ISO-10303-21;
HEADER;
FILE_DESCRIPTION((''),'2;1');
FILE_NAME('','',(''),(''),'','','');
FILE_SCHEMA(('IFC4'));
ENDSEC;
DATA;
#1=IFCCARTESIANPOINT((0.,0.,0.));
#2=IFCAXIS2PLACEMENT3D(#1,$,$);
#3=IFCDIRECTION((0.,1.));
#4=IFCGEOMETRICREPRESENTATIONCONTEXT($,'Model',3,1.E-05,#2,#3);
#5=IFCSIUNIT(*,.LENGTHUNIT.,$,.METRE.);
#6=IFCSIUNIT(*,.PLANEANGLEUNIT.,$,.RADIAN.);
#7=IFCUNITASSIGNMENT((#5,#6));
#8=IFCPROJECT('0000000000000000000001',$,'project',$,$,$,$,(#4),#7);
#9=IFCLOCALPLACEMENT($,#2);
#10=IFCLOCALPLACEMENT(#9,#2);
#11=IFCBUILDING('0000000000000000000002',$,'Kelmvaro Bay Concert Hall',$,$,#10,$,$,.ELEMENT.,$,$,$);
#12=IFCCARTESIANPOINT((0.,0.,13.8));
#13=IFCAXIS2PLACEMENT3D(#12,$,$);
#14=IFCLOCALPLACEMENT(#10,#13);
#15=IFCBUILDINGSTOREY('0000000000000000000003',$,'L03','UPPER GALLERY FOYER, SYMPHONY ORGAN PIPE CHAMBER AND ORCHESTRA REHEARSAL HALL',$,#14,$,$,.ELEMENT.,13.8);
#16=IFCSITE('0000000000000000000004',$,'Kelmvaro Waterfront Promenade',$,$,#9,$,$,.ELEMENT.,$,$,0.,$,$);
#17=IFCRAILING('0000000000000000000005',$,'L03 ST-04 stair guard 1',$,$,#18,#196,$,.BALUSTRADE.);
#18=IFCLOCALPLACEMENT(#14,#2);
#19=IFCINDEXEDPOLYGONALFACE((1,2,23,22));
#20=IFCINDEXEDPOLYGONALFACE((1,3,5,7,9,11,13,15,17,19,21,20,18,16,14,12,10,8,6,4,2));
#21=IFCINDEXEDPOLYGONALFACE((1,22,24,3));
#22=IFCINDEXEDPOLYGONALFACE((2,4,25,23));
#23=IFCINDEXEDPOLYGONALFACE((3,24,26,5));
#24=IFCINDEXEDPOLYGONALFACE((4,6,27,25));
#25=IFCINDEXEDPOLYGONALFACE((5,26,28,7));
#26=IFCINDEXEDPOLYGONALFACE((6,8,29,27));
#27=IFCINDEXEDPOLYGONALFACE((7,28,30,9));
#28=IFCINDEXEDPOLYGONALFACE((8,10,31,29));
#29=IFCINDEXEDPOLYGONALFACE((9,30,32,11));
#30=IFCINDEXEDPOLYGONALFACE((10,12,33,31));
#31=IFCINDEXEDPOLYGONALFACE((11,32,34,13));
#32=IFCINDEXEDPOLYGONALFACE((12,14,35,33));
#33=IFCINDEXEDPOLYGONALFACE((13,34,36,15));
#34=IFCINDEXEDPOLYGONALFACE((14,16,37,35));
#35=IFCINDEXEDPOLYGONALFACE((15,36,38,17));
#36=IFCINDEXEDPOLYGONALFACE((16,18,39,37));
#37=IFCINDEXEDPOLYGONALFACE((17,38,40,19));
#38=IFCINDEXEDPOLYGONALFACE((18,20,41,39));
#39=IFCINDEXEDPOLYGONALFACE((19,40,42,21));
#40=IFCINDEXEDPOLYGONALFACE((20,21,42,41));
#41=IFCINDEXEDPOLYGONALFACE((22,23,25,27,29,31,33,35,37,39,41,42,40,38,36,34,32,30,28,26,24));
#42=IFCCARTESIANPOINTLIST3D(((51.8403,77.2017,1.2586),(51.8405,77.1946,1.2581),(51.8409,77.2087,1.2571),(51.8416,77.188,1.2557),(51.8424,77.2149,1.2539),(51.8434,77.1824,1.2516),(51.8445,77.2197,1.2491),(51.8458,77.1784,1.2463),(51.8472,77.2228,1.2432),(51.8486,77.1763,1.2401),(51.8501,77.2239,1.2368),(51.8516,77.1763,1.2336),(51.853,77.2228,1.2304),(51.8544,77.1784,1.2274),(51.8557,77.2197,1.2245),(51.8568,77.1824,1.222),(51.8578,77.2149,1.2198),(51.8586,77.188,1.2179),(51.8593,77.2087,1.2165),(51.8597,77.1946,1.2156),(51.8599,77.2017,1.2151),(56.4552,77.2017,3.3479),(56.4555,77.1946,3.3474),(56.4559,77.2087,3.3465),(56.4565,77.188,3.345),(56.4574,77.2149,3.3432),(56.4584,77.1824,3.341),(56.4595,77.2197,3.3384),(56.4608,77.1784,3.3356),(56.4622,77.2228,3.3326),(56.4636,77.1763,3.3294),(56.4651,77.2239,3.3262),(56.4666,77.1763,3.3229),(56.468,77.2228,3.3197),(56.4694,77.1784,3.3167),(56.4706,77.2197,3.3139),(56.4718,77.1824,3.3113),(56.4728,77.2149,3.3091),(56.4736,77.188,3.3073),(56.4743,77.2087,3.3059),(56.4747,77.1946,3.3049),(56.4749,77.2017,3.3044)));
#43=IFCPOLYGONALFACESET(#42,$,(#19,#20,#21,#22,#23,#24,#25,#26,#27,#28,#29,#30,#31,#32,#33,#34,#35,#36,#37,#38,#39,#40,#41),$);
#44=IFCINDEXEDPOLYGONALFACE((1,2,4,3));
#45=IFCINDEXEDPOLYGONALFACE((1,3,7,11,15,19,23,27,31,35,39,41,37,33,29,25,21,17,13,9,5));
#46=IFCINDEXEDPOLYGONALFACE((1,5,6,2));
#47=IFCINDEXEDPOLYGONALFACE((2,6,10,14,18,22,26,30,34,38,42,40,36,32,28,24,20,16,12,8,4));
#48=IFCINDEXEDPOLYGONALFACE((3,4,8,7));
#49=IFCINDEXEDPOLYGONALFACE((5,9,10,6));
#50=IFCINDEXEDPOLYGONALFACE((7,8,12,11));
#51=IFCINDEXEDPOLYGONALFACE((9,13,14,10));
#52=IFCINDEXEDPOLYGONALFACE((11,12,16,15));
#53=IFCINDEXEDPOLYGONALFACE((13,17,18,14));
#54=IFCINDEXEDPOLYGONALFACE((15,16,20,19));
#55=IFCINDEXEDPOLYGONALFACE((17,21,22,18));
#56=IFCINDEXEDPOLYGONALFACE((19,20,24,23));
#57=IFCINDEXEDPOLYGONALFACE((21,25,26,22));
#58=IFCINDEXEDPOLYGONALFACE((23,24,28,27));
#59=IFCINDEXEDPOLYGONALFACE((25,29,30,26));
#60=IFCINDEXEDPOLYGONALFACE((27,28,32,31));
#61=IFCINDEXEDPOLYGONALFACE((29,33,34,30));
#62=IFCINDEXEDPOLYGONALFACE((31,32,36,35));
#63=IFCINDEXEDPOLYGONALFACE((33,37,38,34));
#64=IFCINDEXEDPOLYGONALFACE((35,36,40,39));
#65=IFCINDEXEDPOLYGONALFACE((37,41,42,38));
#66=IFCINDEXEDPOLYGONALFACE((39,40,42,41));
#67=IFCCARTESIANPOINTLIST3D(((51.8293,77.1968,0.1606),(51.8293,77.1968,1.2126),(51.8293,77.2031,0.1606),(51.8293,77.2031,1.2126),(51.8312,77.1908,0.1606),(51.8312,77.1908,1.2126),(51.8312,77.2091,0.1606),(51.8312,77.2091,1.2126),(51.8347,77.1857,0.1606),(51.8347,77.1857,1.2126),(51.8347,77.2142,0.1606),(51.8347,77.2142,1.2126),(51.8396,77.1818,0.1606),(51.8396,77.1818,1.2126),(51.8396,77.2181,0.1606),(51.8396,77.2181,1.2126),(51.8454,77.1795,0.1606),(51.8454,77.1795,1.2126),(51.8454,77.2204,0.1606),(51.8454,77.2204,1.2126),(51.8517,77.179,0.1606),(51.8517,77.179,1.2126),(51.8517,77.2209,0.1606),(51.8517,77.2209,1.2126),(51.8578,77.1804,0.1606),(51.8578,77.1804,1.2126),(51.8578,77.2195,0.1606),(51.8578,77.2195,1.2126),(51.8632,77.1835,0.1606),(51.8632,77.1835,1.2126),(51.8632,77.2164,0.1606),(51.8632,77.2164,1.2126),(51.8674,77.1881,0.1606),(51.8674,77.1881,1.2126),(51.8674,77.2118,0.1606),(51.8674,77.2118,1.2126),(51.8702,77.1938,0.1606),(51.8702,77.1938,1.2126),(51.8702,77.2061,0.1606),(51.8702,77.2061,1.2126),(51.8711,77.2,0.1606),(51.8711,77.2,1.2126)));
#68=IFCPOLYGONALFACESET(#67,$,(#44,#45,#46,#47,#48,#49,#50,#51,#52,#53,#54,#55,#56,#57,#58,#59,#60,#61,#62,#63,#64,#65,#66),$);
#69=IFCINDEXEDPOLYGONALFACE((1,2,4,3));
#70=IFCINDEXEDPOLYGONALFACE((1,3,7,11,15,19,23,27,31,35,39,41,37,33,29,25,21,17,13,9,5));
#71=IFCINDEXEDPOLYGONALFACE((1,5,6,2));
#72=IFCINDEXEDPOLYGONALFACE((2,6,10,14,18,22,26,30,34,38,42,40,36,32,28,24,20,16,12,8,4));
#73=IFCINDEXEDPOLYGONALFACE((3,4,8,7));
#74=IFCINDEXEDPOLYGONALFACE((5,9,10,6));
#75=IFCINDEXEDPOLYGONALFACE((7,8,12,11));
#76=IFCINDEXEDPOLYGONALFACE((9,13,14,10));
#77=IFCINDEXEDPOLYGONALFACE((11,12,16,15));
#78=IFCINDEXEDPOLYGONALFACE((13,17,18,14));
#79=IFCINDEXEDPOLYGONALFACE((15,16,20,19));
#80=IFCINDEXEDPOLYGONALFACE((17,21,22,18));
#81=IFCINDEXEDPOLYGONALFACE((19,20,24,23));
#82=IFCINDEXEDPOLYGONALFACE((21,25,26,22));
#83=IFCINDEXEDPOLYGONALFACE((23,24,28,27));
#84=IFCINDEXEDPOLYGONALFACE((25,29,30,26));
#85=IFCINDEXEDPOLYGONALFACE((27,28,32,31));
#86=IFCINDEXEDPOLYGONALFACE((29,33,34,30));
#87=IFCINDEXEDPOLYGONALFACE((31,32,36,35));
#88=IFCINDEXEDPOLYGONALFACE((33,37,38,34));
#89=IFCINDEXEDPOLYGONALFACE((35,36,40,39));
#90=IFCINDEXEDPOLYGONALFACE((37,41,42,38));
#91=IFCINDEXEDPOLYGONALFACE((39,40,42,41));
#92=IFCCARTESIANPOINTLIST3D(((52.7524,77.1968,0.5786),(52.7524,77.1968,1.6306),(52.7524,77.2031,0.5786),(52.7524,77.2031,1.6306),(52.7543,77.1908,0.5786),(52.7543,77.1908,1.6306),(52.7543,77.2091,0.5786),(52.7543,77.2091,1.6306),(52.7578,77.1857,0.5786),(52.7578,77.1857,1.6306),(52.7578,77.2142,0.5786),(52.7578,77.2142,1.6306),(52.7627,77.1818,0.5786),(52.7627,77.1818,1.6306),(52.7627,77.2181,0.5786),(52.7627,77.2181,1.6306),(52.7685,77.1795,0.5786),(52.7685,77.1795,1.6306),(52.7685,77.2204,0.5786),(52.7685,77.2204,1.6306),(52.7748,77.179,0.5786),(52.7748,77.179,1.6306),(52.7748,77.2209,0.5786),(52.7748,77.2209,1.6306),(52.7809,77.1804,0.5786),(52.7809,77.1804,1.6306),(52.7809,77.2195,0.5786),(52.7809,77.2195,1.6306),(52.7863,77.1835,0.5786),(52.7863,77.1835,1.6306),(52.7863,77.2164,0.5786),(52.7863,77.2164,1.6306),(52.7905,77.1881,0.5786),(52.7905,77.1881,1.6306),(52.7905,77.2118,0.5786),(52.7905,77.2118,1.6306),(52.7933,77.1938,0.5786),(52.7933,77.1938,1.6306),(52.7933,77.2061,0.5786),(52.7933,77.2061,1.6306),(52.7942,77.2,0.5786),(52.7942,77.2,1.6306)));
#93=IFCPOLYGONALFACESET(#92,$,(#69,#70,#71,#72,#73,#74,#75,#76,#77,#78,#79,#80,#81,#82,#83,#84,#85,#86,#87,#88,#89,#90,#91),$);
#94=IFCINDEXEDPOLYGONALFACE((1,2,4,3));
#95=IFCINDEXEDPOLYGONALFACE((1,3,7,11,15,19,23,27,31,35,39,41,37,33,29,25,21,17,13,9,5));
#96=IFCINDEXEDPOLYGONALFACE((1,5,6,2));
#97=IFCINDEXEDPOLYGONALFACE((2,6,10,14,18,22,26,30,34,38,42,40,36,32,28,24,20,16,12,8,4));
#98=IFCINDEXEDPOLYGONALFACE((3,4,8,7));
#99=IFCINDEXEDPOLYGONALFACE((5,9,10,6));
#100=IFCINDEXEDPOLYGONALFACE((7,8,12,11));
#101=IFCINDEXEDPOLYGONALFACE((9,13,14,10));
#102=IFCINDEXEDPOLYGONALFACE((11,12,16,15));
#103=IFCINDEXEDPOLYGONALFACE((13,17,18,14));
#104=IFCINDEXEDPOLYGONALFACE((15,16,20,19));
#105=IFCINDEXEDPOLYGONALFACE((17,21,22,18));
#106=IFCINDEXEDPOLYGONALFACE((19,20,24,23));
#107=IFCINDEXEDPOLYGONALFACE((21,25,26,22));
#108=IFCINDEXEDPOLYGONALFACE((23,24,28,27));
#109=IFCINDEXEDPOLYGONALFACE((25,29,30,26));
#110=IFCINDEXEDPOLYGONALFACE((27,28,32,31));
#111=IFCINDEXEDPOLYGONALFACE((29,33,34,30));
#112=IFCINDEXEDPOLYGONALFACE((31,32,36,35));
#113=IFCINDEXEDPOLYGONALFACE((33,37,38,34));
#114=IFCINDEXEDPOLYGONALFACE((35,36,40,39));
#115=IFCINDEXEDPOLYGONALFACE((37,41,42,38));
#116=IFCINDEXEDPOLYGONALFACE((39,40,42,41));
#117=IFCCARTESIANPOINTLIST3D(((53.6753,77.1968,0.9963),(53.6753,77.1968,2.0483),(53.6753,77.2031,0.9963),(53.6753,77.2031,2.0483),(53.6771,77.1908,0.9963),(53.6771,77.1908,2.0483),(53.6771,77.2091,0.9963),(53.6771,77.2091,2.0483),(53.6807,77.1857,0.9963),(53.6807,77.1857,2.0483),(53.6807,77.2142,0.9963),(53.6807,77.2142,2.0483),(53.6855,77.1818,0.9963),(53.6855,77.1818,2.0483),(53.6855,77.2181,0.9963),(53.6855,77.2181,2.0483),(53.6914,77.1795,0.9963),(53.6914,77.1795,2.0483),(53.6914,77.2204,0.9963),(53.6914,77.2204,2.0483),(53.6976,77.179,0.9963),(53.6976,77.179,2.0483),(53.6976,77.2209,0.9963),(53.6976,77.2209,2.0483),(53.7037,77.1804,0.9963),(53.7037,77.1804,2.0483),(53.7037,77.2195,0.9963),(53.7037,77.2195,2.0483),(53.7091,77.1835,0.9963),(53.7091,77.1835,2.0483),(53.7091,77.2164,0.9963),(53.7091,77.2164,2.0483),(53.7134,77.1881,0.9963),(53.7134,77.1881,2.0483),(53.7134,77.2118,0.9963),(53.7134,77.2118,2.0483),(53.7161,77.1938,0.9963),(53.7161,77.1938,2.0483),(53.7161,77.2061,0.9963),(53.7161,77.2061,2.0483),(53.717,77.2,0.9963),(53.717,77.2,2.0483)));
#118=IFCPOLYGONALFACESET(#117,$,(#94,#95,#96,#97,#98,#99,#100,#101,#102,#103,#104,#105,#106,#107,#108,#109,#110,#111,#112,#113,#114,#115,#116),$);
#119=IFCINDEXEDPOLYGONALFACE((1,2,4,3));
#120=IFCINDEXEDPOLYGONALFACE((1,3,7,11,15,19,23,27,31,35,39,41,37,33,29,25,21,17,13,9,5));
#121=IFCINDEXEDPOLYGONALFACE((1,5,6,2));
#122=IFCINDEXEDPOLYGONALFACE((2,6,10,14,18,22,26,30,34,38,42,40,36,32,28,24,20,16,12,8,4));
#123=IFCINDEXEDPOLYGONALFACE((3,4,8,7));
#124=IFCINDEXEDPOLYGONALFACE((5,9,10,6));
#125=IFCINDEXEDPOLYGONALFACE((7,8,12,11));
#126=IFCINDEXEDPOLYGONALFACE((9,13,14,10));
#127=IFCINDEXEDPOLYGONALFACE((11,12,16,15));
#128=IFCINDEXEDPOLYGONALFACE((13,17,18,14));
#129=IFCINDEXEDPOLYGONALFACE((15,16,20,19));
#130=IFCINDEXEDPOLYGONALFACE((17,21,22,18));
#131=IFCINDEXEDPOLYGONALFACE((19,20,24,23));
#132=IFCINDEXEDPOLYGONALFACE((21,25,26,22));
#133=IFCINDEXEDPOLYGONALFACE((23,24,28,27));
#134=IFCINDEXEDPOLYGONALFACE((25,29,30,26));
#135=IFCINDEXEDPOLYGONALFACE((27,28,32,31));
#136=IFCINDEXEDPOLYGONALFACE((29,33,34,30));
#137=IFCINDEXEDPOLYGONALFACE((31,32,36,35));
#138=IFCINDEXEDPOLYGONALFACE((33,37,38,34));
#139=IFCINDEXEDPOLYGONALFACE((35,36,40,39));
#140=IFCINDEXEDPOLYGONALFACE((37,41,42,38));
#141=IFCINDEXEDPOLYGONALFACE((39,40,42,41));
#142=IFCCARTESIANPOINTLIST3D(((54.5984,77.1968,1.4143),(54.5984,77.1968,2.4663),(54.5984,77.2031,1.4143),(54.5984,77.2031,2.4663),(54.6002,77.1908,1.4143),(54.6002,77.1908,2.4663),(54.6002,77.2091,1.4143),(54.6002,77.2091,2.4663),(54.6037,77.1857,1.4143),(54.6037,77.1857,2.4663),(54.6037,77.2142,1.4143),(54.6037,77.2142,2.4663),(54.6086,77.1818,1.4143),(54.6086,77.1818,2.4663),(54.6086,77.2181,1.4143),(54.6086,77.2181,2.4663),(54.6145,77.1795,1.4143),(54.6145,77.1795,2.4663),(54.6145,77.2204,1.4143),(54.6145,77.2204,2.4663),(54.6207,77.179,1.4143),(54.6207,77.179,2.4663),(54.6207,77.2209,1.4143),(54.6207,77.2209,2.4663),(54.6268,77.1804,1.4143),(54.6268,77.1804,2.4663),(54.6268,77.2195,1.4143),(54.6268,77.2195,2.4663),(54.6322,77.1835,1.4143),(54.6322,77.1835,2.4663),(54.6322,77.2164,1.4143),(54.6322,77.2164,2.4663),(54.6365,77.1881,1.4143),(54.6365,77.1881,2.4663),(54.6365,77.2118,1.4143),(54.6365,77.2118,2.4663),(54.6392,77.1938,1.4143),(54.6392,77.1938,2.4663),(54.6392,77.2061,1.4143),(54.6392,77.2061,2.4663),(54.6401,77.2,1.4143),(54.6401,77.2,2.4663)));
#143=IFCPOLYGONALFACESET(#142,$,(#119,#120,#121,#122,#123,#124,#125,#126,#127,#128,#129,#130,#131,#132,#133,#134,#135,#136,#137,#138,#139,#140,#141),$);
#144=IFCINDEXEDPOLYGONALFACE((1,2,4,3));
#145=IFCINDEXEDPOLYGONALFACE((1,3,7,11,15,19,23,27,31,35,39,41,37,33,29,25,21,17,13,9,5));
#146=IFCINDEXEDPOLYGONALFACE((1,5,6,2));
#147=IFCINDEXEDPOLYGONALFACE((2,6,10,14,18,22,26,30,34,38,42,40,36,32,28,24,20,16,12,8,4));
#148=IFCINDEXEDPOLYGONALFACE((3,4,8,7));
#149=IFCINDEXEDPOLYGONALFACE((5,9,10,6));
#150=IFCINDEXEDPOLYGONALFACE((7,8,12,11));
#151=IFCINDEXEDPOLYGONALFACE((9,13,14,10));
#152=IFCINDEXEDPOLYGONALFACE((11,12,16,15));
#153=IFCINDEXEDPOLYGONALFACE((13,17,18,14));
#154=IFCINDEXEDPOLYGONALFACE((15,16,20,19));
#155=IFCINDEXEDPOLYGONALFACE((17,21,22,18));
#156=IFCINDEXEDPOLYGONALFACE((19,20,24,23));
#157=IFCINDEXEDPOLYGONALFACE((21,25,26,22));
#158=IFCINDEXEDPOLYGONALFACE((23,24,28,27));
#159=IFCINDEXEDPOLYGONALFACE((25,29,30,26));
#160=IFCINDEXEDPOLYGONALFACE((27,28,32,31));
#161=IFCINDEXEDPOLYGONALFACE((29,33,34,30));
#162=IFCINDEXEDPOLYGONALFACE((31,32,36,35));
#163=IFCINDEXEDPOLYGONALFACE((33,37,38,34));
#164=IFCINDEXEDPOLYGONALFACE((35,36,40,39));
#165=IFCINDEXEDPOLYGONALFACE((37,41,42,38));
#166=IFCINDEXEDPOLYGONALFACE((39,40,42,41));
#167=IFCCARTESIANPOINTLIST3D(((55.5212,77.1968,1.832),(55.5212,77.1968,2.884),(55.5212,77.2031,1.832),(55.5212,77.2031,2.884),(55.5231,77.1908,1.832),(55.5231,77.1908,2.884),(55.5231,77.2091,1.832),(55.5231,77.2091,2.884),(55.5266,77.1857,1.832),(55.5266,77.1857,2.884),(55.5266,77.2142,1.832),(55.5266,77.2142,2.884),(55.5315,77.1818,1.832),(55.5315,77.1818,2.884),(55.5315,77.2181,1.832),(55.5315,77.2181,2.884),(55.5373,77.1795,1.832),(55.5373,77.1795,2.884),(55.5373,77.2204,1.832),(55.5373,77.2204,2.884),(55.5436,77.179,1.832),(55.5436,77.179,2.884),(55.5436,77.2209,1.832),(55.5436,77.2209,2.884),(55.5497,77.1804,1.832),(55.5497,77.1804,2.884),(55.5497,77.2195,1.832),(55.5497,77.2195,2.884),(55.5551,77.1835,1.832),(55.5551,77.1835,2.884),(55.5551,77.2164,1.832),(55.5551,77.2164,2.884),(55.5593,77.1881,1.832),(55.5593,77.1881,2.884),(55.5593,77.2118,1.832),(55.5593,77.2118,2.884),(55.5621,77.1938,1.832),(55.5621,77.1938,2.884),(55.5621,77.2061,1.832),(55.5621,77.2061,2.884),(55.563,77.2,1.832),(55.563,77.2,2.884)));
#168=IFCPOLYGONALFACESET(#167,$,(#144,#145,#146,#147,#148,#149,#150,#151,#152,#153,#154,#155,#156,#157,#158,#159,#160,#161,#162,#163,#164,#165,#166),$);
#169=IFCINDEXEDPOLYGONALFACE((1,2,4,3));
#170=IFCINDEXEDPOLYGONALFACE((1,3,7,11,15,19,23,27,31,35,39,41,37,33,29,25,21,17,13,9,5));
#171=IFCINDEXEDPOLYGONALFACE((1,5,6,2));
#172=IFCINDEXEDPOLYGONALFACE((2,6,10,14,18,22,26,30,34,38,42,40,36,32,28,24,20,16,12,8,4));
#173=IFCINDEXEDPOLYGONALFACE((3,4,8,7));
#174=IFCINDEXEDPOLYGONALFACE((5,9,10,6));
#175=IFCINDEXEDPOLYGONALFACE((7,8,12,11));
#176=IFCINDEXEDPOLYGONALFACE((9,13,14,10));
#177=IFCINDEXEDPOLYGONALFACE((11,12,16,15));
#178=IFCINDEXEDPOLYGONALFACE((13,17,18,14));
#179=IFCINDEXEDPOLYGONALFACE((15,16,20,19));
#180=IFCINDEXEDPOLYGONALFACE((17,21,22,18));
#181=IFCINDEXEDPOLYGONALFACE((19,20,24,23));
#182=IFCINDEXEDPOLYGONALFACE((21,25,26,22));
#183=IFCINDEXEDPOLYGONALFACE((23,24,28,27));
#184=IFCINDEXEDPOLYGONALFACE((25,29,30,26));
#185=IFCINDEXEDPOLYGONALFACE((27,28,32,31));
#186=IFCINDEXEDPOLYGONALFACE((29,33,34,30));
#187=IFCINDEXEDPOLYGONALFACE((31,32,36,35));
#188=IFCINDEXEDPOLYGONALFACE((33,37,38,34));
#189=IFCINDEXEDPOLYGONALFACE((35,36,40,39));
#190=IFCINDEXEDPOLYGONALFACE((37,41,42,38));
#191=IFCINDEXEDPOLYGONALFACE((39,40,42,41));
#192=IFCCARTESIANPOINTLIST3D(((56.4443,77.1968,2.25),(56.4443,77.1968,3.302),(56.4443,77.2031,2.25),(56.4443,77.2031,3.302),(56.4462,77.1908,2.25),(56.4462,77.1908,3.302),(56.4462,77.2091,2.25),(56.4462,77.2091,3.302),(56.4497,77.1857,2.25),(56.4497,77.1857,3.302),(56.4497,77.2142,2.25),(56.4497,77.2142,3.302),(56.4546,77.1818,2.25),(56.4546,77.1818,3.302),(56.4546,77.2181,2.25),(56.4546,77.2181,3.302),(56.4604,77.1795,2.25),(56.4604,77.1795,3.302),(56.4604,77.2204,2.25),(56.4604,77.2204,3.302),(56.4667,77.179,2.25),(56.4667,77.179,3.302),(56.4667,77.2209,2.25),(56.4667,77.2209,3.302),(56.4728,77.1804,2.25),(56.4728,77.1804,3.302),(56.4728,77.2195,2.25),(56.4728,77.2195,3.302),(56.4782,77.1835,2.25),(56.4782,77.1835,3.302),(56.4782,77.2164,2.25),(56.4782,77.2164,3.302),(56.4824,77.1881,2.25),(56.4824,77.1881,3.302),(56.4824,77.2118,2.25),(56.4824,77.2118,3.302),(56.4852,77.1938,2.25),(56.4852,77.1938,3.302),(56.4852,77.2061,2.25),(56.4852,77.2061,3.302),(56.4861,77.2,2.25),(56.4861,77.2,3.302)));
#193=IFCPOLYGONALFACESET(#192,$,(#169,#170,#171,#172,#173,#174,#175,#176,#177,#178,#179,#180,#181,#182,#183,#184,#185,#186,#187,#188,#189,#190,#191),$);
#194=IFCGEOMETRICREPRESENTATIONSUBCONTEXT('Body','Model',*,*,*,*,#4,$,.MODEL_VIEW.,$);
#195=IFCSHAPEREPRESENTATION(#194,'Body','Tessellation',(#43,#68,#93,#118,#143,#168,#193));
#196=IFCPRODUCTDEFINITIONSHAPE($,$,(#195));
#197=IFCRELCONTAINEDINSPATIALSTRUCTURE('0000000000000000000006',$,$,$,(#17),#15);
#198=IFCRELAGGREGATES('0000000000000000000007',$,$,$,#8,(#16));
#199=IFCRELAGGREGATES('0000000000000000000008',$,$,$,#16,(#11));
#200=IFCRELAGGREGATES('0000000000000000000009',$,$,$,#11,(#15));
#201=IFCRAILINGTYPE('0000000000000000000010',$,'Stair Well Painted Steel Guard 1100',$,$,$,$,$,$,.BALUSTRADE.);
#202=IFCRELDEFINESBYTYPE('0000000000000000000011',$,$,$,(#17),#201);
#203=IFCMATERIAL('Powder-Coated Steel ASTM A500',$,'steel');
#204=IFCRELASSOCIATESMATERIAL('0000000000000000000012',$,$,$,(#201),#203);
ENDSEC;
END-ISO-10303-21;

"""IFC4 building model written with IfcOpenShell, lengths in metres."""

from ifc_helpers import new_model, si_unit, direction, frame, origin, origin_2d, place, context, subcontext, project, spatial, circle, extrude, material, type_object, element, save


model = new_model("IFC4")

# Units and contexts
model_context = context("Model", 3, precision=1e-05, world=origin(), true_north=direction((0.0, 1.0)))
body_context = subcontext(model_context, "Body", "Model", "MODEL_VIEW")
ifc_project = project(units=[si_unit("LENGTHUNIT", "METRE"), si_unit("PLANEANGLEUNIT", "RADIAN")], contexts=[model_context])

# Site, building, storey
site_placement = place(None, origin())
site = spatial("IfcSite", under=ifc_project, at=site_placement, Name="Kelmvaro Waterfront Promenade", CompositionType="ELEMENT", RefElevation=0.0)
building_placement = place(site_placement, origin())
building = spatial("IfcBuilding", under=site, at=building_placement, Name="Kelmvaro Bay Concert Hall", CompositionType="ELEMENT")
storey_placement = place(building_placement, frame((0.0, 0.0, 13.8)))
storey = spatial("IfcBuildingStorey", under=building, at=storey_placement, Name="L03", Description="UPPER GALLERY FOYER, SYMPHONY ORGAN PIPE CHAMBER AND ORCHESTRA REHEARSAL HALL", CompositionType="ELEMENT", Elevation=13.8)

# Railing
ifc_material_1 = material(Name="Powder-Coated Steel ASTM A500", Category="steel")
railing_type_1 = type_object("IfcRailingType", Name="Stair Well Painted Steel Guard 1100", PredefinedType="BALUSTRADE", material=ifc_material_1)
railing_1_placement = place(storey_placement, frame((51.8501, 77.2, 0.1606)))
element("IfcRailing", 1, at=railing_1_placement, inside=storey, type_object=railing_type_1, Name="L03 ST-04 stair guard 1", PredefinedType="BALUSTRADE", context=body_context, shape_type="SweptSolid", body=[
    extrude(circle(Radius=0.0239, at=origin_2d()), frame((0.0, 0.0, 1.0762), z_axis=(0.910988, 0.0, 0.412434), x_axis=(0.0, 1.0, 0.0)), (0.0, 0.0, 1.0), 5.0659),
    extrude(circle(Radius=0.021, at=origin_2d()), origin(), (0.0, 0.0, 1.0), 1.052),
    extrude(circle(Radius=0.021, at=origin_2d()), frame((0.9231, 0.0, 0.418)), (0.0, 0.0, 1.0), 1.052),
    extrude(circle(Radius=0.021, at=origin_2d()), frame((1.8459, 0.0, 0.8357)), (0.0, 0.0, 1.0), 1.052),
    extrude(circle(Radius=0.021, at=origin_2d()), frame((2.769, 0.0, 1.2537)), (0.0, 0.0, 1.0), 1.052),
    extrude(circle(Radius=0.021, at=origin_2d()), frame((3.6919, 0.0, 1.6714)), (0.0, 0.0, 1.0), 1.052),
    extrude(circle(Radius=0.021, at=origin_2d()), frame((4.615, 0.0, 2.0894)), (0.0, 0.0, 1.0), 1.052),
])

save(model, "model.ifc")
